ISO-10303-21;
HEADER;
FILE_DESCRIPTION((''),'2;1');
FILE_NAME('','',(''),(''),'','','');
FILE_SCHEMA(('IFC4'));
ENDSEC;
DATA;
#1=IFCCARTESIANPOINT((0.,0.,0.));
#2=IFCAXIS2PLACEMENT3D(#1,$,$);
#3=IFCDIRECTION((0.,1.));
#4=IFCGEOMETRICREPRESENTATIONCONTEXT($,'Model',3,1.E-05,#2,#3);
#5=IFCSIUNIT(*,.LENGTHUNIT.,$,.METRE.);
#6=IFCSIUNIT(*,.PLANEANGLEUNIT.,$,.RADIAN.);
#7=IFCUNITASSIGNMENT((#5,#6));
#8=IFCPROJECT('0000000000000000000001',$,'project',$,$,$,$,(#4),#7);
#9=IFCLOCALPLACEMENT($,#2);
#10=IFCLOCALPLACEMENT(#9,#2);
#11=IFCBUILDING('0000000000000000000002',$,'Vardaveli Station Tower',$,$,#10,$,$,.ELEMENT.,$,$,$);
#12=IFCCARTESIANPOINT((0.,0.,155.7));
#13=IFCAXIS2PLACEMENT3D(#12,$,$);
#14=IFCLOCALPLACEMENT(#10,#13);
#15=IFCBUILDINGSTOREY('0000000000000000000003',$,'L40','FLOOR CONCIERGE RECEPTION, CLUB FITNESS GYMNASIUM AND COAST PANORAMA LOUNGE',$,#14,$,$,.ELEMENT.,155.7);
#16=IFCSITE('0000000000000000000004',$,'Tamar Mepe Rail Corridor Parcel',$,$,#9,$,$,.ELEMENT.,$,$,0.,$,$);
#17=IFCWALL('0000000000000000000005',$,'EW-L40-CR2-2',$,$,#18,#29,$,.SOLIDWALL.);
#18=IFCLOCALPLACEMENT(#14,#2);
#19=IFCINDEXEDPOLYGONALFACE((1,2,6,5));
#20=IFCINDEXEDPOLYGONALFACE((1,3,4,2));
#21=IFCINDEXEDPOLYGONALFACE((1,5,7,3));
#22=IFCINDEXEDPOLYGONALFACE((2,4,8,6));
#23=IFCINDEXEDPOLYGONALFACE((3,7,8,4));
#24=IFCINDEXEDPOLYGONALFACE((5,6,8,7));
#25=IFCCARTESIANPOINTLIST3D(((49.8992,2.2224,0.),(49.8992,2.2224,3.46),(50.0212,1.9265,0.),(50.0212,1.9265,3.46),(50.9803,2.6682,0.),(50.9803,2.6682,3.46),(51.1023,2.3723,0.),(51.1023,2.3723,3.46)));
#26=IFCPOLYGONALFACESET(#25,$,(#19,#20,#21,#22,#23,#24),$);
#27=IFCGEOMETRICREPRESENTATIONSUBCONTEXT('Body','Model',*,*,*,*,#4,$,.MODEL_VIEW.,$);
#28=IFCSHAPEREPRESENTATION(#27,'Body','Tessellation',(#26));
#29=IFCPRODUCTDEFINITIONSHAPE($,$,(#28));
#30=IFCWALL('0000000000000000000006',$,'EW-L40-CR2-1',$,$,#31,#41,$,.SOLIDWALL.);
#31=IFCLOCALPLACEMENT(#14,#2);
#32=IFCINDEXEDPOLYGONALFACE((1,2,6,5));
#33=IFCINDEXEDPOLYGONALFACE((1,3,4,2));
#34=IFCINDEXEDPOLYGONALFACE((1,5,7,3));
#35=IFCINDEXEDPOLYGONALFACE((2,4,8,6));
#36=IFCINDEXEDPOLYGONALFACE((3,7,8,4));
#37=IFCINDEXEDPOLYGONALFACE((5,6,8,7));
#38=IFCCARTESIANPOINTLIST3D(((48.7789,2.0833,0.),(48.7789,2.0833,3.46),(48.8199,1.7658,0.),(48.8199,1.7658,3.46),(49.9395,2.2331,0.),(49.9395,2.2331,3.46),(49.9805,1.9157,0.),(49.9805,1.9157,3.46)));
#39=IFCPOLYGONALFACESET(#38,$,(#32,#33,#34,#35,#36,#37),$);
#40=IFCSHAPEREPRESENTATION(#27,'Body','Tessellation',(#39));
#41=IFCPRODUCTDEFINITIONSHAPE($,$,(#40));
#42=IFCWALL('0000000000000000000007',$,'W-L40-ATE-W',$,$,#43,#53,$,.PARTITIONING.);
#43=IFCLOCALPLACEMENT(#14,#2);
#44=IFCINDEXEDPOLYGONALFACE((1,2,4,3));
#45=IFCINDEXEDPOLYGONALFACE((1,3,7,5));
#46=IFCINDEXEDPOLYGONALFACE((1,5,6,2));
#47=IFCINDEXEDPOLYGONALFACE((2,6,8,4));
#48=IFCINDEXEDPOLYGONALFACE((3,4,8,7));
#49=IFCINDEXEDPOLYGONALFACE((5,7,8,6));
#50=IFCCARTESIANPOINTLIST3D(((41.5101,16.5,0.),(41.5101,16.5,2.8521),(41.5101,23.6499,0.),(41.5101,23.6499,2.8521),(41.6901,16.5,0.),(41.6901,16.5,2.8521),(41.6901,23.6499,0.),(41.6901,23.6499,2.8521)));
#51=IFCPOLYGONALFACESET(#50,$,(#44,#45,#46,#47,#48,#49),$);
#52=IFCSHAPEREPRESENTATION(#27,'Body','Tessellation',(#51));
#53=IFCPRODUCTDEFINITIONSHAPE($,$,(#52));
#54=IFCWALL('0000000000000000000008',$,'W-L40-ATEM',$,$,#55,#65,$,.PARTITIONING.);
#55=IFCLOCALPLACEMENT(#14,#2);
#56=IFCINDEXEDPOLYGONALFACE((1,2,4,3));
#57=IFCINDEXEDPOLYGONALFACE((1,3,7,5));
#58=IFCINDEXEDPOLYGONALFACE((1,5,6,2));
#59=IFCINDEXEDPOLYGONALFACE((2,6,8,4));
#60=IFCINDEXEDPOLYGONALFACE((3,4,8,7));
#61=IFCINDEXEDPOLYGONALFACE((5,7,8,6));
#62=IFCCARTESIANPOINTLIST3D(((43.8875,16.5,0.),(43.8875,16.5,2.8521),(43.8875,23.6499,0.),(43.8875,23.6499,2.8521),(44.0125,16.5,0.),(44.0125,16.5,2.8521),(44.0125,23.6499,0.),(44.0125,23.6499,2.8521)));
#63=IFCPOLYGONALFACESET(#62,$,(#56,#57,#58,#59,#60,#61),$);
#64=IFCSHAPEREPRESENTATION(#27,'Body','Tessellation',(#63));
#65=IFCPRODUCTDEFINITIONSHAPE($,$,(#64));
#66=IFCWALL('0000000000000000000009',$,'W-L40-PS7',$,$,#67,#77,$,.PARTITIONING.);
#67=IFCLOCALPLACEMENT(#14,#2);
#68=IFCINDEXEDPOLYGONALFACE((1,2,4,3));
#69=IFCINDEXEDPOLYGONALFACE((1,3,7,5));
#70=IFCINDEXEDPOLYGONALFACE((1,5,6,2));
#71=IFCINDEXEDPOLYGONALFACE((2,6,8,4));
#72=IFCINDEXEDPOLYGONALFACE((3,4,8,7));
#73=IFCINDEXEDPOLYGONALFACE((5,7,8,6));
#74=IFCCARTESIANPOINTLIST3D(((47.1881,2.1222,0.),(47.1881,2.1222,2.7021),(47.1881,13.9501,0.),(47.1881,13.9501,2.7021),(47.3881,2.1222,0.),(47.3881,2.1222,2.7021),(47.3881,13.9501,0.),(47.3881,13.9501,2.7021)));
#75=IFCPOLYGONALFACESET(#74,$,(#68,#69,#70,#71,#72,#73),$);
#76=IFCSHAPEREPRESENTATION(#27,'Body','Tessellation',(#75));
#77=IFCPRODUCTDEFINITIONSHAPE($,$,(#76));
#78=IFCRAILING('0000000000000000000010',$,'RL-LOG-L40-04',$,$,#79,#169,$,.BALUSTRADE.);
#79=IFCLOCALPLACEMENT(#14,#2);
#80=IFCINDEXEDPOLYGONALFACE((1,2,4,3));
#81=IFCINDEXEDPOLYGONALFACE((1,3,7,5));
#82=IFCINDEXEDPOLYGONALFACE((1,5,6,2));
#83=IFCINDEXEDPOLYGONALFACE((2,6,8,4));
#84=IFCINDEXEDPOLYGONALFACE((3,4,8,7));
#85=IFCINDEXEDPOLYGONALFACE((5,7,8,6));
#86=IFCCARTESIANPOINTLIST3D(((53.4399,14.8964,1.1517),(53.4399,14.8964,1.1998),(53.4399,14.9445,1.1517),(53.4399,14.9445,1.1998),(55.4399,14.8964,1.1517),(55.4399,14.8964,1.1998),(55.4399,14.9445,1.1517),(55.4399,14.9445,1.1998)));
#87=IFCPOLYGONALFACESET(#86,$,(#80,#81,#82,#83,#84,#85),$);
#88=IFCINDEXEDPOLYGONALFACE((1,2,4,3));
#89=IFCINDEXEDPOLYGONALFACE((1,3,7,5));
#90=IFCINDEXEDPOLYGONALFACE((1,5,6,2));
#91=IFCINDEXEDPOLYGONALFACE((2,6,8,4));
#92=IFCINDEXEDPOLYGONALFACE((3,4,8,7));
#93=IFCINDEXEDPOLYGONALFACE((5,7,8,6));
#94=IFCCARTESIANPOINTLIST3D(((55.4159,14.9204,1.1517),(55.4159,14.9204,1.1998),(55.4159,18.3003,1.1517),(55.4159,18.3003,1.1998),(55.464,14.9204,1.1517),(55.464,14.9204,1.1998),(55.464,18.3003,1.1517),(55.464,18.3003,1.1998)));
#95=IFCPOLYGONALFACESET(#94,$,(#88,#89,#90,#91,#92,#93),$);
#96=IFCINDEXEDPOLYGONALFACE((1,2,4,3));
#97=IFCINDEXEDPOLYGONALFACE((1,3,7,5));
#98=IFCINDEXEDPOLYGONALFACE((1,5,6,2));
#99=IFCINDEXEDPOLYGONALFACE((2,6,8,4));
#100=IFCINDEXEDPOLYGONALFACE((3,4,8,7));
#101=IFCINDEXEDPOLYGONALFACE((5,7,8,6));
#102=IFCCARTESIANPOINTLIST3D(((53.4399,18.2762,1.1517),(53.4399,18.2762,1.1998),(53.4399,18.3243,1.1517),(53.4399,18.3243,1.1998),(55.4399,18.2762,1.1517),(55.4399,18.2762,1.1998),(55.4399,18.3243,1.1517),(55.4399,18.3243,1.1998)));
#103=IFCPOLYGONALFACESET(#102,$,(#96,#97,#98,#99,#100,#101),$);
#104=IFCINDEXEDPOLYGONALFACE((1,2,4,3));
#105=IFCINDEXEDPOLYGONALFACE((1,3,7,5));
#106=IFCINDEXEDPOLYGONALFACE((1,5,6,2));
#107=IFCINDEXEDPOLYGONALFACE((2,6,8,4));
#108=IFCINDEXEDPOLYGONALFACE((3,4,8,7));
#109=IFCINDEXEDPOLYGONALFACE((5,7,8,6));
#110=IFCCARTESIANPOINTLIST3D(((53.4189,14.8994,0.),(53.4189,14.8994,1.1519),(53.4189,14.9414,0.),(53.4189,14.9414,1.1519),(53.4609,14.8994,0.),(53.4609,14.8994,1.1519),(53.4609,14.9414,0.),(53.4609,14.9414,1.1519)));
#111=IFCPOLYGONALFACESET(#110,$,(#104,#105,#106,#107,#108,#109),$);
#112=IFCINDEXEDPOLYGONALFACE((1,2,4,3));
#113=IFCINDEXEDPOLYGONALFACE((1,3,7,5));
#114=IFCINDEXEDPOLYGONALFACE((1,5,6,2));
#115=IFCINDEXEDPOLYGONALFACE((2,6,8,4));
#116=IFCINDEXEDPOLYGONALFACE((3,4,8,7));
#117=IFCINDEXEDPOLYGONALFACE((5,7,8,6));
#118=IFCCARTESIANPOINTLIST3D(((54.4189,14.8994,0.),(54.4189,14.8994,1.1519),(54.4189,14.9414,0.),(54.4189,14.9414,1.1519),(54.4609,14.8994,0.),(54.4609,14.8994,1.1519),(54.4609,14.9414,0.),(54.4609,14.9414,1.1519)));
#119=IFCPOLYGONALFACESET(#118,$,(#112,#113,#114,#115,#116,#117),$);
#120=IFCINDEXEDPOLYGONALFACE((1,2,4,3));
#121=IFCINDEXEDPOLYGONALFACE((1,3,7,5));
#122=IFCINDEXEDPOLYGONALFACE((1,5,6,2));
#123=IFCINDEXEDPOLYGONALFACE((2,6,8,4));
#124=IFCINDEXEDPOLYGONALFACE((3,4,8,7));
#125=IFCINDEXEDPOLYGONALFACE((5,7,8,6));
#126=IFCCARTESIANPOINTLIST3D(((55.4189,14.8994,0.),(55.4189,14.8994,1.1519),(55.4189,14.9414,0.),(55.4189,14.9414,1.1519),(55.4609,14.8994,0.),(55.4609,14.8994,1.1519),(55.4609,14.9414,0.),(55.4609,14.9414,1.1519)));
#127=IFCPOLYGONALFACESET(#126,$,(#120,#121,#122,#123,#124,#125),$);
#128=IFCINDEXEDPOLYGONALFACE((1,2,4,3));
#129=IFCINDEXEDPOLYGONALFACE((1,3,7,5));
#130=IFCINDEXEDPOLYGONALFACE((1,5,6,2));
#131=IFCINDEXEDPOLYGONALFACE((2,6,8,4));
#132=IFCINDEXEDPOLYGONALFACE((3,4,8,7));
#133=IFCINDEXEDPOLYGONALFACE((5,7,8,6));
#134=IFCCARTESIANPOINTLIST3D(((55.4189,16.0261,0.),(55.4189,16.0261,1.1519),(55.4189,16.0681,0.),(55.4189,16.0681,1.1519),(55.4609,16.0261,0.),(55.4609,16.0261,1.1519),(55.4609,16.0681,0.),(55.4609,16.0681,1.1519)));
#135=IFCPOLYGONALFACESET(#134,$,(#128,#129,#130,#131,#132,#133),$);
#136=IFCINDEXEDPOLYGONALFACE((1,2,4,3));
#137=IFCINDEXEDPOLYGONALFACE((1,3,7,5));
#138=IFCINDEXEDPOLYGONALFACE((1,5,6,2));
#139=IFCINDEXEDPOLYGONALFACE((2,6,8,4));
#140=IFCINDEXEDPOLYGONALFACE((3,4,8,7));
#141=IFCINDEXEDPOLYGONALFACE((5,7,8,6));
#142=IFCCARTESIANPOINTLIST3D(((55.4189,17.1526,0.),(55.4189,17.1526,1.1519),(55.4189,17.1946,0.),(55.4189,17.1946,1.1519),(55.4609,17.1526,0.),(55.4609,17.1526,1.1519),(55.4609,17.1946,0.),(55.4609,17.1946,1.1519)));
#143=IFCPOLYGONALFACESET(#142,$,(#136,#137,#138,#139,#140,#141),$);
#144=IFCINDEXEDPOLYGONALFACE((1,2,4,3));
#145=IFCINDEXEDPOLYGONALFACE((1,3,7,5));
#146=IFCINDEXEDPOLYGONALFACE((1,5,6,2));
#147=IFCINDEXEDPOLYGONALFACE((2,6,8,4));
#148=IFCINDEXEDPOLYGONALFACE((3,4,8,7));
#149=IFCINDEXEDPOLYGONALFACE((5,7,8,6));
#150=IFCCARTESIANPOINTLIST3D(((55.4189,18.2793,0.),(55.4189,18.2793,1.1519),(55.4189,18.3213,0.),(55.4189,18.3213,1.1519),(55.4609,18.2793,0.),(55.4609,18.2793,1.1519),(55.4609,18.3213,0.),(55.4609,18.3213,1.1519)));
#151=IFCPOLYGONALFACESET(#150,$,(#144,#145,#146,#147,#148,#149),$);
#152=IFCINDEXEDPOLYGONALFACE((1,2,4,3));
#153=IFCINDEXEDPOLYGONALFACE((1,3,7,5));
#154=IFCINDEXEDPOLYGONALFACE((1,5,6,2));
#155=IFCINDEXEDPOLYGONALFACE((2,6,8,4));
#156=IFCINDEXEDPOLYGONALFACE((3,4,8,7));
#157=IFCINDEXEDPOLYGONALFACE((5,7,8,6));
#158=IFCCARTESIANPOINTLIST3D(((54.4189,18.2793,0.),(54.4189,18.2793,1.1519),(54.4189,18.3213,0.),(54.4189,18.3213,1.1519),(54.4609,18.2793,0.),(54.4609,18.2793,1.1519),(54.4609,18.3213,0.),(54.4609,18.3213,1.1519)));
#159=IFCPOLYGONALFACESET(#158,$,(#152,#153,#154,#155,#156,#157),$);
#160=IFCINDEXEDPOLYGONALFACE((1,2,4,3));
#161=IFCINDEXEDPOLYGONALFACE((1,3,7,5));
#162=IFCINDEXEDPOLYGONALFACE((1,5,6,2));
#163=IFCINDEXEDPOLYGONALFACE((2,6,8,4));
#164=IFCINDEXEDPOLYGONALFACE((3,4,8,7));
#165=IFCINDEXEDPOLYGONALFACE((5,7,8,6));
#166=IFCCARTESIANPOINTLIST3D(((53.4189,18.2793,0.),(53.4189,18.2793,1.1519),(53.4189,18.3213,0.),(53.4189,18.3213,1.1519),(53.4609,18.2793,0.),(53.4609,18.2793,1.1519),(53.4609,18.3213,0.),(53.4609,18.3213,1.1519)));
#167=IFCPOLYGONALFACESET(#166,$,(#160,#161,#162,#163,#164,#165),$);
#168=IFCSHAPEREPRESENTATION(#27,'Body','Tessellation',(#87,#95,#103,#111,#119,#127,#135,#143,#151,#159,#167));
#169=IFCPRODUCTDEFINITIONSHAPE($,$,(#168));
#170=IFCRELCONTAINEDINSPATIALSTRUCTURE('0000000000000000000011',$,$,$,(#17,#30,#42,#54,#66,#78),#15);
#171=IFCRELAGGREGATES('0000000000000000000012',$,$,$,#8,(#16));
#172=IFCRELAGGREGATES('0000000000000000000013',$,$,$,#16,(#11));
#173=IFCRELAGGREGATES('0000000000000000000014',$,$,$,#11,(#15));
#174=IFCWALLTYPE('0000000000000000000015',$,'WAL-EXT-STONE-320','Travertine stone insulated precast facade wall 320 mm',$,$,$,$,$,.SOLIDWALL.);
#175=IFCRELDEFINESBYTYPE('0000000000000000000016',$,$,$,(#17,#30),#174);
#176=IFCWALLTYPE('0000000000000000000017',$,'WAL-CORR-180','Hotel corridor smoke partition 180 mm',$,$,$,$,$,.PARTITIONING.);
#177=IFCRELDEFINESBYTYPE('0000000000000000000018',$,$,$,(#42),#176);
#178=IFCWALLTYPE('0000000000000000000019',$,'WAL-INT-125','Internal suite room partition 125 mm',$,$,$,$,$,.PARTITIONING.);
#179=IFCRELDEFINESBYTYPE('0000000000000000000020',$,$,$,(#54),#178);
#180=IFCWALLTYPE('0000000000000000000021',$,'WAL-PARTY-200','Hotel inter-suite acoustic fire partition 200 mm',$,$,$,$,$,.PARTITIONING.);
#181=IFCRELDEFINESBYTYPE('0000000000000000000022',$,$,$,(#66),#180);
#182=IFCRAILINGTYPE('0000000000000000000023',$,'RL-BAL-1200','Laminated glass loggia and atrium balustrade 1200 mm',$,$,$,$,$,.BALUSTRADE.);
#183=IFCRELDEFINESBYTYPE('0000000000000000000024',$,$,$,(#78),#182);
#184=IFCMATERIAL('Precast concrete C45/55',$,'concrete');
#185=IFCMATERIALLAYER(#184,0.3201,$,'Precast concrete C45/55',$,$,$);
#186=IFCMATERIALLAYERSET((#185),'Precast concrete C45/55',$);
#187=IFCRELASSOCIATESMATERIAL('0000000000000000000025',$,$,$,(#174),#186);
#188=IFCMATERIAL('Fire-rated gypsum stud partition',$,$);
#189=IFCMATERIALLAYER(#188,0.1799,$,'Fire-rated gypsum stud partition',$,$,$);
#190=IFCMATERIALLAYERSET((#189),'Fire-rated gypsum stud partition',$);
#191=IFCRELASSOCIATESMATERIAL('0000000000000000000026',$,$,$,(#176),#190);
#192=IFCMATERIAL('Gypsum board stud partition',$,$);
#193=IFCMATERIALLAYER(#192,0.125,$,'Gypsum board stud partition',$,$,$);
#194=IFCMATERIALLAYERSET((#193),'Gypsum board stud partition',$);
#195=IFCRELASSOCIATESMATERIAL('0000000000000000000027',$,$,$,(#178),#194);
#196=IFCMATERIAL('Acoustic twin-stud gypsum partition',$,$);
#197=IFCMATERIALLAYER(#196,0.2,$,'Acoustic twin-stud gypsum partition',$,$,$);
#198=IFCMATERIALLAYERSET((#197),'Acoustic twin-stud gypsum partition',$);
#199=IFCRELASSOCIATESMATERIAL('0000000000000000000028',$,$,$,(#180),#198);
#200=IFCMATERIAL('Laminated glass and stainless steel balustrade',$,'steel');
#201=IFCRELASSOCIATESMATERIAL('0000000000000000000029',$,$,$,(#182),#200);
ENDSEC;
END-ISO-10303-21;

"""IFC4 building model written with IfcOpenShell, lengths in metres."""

from ifc_helpers import new_model, si_unit, direction, frame, frame_2d, origin, origin_2d, place, context, subcontext, project, spatial, rectangle, extrude, source, transform, mapped, material, layer, layer_set, type_object, element, save


model = new_model("IFC4")

# Units and contexts
model_context = context("Model", 3, precision=1e-05, world=origin(), true_north=direction((0.0, 1.0)))
body_context = subcontext(model_context, "Body", "Model", "MODEL_VIEW")
ifc_project = project(units=[si_unit("LENGTHUNIT", "METRE"), si_unit("PLANEANGLEUNIT", "RADIAN")], contexts=[model_context])

# Site, building, storey
site_placement = place(None, origin())
site = spatial("IfcSite", under=ifc_project, at=site_placement, Name="Tamar Mepe Rail Corridor Parcel", CompositionType="ELEMENT", RefElevation=0.0)
building_placement = place(site_placement, origin())
building = spatial("IfcBuilding", under=site, at=building_placement, Name="Vardaveli Station Tower", CompositionType="ELEMENT")
storey_placement = place(building_placement, frame((0.0, 0.0, 155.7)))
storey = spatial("IfcBuildingStorey", under=building, at=storey_placement, Name="L40", Description="FLOOR CONCIERGE RECEPTION, CLUB FITNESS GYMNASIUM AND COAST PANORAMA LOUNGE", CompositionType="ELEMENT", Elevation=155.7)

# Shared definitions
ifc_material_1 = material(Name="Precast concrete C45/55", Category="concrete")

# Shared definitions
ifc_layer_1 = layer(ifc_material_1, 0.3201, Name="Precast concrete C45/55")
ifc_layer_set_1 = layer_set([ifc_layer_1], Name="Precast concrete C45/55")
wall_type_1 = type_object("IfcWallType", Name="WAL-EXT-STONE-320", Description="Travertine stone insulated precast facade wall 320 mm", PredefinedType="SOLIDWALL", material=ifc_layer_set_1)

# Walls
shared_shape_1 = source(origin(), body_context, "Body", "SweptSolid", [
    extrude(rectangle(XDim=1.1694, YDim=0.3201, at=frame_2d((0.5847, 0.0))), origin(), (0.0, 0.0, 1.0), 3.46),
])
wall_1_placement = place(storey_placement, frame((49.9602, 2.0745, 0.0), z_axis=(0.0, 0.0, 1.0), x_axis=(0.924479, 0.381233, 0.0)))
element("IfcWall", 1, at=wall_1_placement, inside=storey, type_object=wall_type_1, Name="EW-L40-CR2-2", PredefinedType="SOLIDWALL", context=body_context, shape_type="MappedRepresentation", body=[
    mapped(shared_shape_1, transform((0.0, 0.0, 0.0), scale=1.0)),
])
shared_shape_2 = source(origin(), body_context, "Body", "SweptSolid", [
    extrude(rectangle(XDim=1.1702, YDim=0.3201, at=frame_2d((0.585, 0.0))), origin(), (0.0, 0.0, 1.0), 3.46),
])
wall_2_placement = place(storey_placement, frame((48.7996, 1.9246, 0.0), z_axis=(0.0, 0.0, 1.0), x_axis=(0.991762, 0.12809, 0.0)))
element("IfcWall", 2, at=wall_2_placement, inside=storey, type_object=wall_type_1, Name="EW-L40-CR2-1", PredefinedType="SOLIDWALL", context=body_context, shape_type="MappedRepresentation", body=[
    mapped(shared_shape_2, transform((0.0, 0.0, 0.0), scale=1.0)),
])

# Shared definitions
ifc_material_2 = material(Name="Fire-rated gypsum stud partition")
ifc_layer_2 = layer(ifc_material_2, 0.1799, Name="Fire-rated gypsum stud partition")
ifc_layer_set_2 = layer_set([ifc_layer_2], Name="Fire-rated gypsum stud partition")
wall_type_2 = type_object("IfcWallType", Name="WAL-CORR-180", Description="Hotel corridor smoke partition 180 mm", PredefinedType="PARTITIONING", material=ifc_layer_set_2)

# Walls
shared_shape_3 = source(origin(), body_context, "Body", "SweptSolid", [
    extrude(rectangle(XDim=7.1499, YDim=0.1799, at=frame_2d((3.575, 0.0))), origin(), (0.0, 0.0, 1.0), 2.8521),
])
wall_3_placement = place(storey_placement, frame((41.6001, 16.5, 0.0), z_axis=(0.0, 0.0, 1.0), x_axis=(0.0, 1.0, 0.0)))
element("IfcWall", 3, at=wall_3_placement, inside=storey, type_object=wall_type_2, Name="W-L40-ATE-W", PredefinedType="PARTITIONING", context=body_context, shape_type="MappedRepresentation", body=[
    mapped(shared_shape_3, transform((0.0, 0.0, 0.0), scale=1.0)),
])
ifc_material_3 = material(Name="Gypsum board stud partition")
ifc_layer_3 = layer(ifc_material_3, 0.125, Name="Gypsum board stud partition")
ifc_layer_set_3 = layer_set([ifc_layer_3], Name="Gypsum board stud partition")
wall_type_3 = type_object("IfcWallType", Name="WAL-INT-125", Description="Internal suite room partition 125 mm", PredefinedType="PARTITIONING", material=ifc_layer_set_3)
shared_shape_4 = source(origin(), body_context, "Body", "SweptSolid", [
    extrude(rectangle(XDim=7.1499, YDim=0.125, at=frame_2d((3.575, 0.0))), origin(), (0.0, 0.0, 1.0), 2.8521),
])
wall_4_placement = place(storey_placement, frame((43.95, 16.5, 0.0), z_axis=(0.0, 0.0, 1.0), x_axis=(0.0, 1.0, 0.0)))
element("IfcWall", 4, at=wall_4_placement, inside=storey, type_object=wall_type_3, Name="W-L40-ATEM", PredefinedType="PARTITIONING", context=body_context, shape_type="MappedRepresentation", body=[
    mapped(shared_shape_4, transform((0.0, 0.0, 0.0), scale=1.0)),
])
ifc_material_4 = material(Name="Acoustic twin-stud gypsum partition")
ifc_layer_4 = layer(ifc_material_4, 0.2, Name="Acoustic twin-stud gypsum partition")
ifc_layer_set_4 = layer_set([ifc_layer_4], Name="Acoustic twin-stud gypsum partition")
wall_type_4 = type_object("IfcWallType", Name="WAL-PARTY-200", Description="Hotel inter-suite acoustic fire partition 200 mm", PredefinedType="PARTITIONING", material=ifc_layer_set_4)
shared_shape_5 = source(origin(), body_context, "Body", "SweptSolid", [
    extrude(rectangle(XDim=11.8279, YDim=0.2, at=frame_2d((5.9141, 0.0))), origin(), (0.0, 0.0, 1.0), 2.7021),
])
wall_5_placement = place(storey_placement, frame((47.2881, 2.1221, 0.0), z_axis=(0.0, 0.0, 1.0), x_axis=(0.0, 1.0, 0.0)))
element("IfcWall", 5, at=wall_5_placement, inside=storey, type_object=wall_type_4, Name="W-L40-PS7", PredefinedType="PARTITIONING", context=body_context, shape_type="MappedRepresentation", body=[
    mapped(shared_shape_5, transform((0.0, 0.0, 0.0), scale=1.0)),
])

# Railing
ifc_material_5 = material(Name="Laminated glass and stainless steel balustrade", Category="steel")
railing_type = type_object("IfcRailingType", Name="RL-BAL-1200", Description="Laminated glass loggia and atrium balustrade 1200 mm", PredefinedType="BALUSTRADE", material=ifc_material_5)
shared_shape_6 = source(origin(), body_context, "Body", "SweptSolid", [
    extrude(rectangle(XDim=0.0481, YDim=0.0481, at=origin_2d()), frame((0.0, 0.0, 1.1758), z_axis=(1.0, 0.0, 0.0), x_axis=(0.0, 1.0, 0.0)), (0.0, 0.0, 1.0), 2.0),
    extrude(rectangle(XDim=0.0481, YDim=0.0481, at=origin_2d()), frame((2.0, 0.0, 1.1758), z_axis=(0.0, 1.0, 0.0), x_axis=(-1.0, 0.0, 0.0)), (0.0, 0.0, 1.0), 3.3799),
    extrude(rectangle(XDim=0.0481, YDim=0.0481, at=origin_2d()), frame((2.0, 3.3799, 1.1758), z_axis=(-1.0, 0.0, 0.0), x_axis=(0.0, -1.0, 0.0)), (0.0, 0.0, 1.0), 2.0),
    extrude(rectangle(XDim=0.042, YDim=0.042, at=origin_2d()), origin(), (0.0, 0.0, 1.0), 1.1519),
    extrude(rectangle(XDim=0.042, YDim=0.042, at=origin_2d()), frame((1.0, 0.0, 0.0)), (0.0, 0.0, 1.0), 1.1519),
    extrude(rectangle(XDim=0.042, YDim=0.042, at=origin_2d()), frame((2.0, 0.0, 0.0)), (0.0, 0.0, 1.0), 1.1519),
    extrude(rectangle(XDim=0.042, YDim=0.042, at=origin_2d()), frame((2.0, 1.1267, 0.0)), (0.0, 0.0, 1.0), 1.1519),
    extrude(rectangle(XDim=0.042, YDim=0.042, at=origin_2d()), frame((2.0, 2.2532, 0.0)), (0.0, 0.0, 1.0), 1.1519),
    extrude(rectangle(XDim=0.042, YDim=0.042, at=origin_2d()), frame((2.0, 3.3799, 0.0)), (0.0, 0.0, 1.0), 1.1519),
    extrude(rectangle(XDim=0.042, YDim=0.042, at=origin_2d()), frame((1.0, 3.3799, 0.0)), (0.0, 0.0, 1.0), 1.1519),
    extrude(rectangle(XDim=0.042, YDim=0.042, at=origin_2d()), frame((0.0, 3.3799, 0.0)), (0.0, 0.0, 1.0), 1.1519),
])
railing_placement = place(storey_placement, frame((53.4399, 14.9204, 0.0)))
element("IfcRailing", 6, at=railing_placement, inside=storey, type_object=railing_type, Name="RL-LOG-L40-04", PredefinedType="BALUSTRADE", context=body_context, shape_type="MappedRepresentation", body=[
    mapped(shared_shape_6, transform((0.0, 0.0, 0.0), scale=1.0)),
])

save(model, "model.ifc")
